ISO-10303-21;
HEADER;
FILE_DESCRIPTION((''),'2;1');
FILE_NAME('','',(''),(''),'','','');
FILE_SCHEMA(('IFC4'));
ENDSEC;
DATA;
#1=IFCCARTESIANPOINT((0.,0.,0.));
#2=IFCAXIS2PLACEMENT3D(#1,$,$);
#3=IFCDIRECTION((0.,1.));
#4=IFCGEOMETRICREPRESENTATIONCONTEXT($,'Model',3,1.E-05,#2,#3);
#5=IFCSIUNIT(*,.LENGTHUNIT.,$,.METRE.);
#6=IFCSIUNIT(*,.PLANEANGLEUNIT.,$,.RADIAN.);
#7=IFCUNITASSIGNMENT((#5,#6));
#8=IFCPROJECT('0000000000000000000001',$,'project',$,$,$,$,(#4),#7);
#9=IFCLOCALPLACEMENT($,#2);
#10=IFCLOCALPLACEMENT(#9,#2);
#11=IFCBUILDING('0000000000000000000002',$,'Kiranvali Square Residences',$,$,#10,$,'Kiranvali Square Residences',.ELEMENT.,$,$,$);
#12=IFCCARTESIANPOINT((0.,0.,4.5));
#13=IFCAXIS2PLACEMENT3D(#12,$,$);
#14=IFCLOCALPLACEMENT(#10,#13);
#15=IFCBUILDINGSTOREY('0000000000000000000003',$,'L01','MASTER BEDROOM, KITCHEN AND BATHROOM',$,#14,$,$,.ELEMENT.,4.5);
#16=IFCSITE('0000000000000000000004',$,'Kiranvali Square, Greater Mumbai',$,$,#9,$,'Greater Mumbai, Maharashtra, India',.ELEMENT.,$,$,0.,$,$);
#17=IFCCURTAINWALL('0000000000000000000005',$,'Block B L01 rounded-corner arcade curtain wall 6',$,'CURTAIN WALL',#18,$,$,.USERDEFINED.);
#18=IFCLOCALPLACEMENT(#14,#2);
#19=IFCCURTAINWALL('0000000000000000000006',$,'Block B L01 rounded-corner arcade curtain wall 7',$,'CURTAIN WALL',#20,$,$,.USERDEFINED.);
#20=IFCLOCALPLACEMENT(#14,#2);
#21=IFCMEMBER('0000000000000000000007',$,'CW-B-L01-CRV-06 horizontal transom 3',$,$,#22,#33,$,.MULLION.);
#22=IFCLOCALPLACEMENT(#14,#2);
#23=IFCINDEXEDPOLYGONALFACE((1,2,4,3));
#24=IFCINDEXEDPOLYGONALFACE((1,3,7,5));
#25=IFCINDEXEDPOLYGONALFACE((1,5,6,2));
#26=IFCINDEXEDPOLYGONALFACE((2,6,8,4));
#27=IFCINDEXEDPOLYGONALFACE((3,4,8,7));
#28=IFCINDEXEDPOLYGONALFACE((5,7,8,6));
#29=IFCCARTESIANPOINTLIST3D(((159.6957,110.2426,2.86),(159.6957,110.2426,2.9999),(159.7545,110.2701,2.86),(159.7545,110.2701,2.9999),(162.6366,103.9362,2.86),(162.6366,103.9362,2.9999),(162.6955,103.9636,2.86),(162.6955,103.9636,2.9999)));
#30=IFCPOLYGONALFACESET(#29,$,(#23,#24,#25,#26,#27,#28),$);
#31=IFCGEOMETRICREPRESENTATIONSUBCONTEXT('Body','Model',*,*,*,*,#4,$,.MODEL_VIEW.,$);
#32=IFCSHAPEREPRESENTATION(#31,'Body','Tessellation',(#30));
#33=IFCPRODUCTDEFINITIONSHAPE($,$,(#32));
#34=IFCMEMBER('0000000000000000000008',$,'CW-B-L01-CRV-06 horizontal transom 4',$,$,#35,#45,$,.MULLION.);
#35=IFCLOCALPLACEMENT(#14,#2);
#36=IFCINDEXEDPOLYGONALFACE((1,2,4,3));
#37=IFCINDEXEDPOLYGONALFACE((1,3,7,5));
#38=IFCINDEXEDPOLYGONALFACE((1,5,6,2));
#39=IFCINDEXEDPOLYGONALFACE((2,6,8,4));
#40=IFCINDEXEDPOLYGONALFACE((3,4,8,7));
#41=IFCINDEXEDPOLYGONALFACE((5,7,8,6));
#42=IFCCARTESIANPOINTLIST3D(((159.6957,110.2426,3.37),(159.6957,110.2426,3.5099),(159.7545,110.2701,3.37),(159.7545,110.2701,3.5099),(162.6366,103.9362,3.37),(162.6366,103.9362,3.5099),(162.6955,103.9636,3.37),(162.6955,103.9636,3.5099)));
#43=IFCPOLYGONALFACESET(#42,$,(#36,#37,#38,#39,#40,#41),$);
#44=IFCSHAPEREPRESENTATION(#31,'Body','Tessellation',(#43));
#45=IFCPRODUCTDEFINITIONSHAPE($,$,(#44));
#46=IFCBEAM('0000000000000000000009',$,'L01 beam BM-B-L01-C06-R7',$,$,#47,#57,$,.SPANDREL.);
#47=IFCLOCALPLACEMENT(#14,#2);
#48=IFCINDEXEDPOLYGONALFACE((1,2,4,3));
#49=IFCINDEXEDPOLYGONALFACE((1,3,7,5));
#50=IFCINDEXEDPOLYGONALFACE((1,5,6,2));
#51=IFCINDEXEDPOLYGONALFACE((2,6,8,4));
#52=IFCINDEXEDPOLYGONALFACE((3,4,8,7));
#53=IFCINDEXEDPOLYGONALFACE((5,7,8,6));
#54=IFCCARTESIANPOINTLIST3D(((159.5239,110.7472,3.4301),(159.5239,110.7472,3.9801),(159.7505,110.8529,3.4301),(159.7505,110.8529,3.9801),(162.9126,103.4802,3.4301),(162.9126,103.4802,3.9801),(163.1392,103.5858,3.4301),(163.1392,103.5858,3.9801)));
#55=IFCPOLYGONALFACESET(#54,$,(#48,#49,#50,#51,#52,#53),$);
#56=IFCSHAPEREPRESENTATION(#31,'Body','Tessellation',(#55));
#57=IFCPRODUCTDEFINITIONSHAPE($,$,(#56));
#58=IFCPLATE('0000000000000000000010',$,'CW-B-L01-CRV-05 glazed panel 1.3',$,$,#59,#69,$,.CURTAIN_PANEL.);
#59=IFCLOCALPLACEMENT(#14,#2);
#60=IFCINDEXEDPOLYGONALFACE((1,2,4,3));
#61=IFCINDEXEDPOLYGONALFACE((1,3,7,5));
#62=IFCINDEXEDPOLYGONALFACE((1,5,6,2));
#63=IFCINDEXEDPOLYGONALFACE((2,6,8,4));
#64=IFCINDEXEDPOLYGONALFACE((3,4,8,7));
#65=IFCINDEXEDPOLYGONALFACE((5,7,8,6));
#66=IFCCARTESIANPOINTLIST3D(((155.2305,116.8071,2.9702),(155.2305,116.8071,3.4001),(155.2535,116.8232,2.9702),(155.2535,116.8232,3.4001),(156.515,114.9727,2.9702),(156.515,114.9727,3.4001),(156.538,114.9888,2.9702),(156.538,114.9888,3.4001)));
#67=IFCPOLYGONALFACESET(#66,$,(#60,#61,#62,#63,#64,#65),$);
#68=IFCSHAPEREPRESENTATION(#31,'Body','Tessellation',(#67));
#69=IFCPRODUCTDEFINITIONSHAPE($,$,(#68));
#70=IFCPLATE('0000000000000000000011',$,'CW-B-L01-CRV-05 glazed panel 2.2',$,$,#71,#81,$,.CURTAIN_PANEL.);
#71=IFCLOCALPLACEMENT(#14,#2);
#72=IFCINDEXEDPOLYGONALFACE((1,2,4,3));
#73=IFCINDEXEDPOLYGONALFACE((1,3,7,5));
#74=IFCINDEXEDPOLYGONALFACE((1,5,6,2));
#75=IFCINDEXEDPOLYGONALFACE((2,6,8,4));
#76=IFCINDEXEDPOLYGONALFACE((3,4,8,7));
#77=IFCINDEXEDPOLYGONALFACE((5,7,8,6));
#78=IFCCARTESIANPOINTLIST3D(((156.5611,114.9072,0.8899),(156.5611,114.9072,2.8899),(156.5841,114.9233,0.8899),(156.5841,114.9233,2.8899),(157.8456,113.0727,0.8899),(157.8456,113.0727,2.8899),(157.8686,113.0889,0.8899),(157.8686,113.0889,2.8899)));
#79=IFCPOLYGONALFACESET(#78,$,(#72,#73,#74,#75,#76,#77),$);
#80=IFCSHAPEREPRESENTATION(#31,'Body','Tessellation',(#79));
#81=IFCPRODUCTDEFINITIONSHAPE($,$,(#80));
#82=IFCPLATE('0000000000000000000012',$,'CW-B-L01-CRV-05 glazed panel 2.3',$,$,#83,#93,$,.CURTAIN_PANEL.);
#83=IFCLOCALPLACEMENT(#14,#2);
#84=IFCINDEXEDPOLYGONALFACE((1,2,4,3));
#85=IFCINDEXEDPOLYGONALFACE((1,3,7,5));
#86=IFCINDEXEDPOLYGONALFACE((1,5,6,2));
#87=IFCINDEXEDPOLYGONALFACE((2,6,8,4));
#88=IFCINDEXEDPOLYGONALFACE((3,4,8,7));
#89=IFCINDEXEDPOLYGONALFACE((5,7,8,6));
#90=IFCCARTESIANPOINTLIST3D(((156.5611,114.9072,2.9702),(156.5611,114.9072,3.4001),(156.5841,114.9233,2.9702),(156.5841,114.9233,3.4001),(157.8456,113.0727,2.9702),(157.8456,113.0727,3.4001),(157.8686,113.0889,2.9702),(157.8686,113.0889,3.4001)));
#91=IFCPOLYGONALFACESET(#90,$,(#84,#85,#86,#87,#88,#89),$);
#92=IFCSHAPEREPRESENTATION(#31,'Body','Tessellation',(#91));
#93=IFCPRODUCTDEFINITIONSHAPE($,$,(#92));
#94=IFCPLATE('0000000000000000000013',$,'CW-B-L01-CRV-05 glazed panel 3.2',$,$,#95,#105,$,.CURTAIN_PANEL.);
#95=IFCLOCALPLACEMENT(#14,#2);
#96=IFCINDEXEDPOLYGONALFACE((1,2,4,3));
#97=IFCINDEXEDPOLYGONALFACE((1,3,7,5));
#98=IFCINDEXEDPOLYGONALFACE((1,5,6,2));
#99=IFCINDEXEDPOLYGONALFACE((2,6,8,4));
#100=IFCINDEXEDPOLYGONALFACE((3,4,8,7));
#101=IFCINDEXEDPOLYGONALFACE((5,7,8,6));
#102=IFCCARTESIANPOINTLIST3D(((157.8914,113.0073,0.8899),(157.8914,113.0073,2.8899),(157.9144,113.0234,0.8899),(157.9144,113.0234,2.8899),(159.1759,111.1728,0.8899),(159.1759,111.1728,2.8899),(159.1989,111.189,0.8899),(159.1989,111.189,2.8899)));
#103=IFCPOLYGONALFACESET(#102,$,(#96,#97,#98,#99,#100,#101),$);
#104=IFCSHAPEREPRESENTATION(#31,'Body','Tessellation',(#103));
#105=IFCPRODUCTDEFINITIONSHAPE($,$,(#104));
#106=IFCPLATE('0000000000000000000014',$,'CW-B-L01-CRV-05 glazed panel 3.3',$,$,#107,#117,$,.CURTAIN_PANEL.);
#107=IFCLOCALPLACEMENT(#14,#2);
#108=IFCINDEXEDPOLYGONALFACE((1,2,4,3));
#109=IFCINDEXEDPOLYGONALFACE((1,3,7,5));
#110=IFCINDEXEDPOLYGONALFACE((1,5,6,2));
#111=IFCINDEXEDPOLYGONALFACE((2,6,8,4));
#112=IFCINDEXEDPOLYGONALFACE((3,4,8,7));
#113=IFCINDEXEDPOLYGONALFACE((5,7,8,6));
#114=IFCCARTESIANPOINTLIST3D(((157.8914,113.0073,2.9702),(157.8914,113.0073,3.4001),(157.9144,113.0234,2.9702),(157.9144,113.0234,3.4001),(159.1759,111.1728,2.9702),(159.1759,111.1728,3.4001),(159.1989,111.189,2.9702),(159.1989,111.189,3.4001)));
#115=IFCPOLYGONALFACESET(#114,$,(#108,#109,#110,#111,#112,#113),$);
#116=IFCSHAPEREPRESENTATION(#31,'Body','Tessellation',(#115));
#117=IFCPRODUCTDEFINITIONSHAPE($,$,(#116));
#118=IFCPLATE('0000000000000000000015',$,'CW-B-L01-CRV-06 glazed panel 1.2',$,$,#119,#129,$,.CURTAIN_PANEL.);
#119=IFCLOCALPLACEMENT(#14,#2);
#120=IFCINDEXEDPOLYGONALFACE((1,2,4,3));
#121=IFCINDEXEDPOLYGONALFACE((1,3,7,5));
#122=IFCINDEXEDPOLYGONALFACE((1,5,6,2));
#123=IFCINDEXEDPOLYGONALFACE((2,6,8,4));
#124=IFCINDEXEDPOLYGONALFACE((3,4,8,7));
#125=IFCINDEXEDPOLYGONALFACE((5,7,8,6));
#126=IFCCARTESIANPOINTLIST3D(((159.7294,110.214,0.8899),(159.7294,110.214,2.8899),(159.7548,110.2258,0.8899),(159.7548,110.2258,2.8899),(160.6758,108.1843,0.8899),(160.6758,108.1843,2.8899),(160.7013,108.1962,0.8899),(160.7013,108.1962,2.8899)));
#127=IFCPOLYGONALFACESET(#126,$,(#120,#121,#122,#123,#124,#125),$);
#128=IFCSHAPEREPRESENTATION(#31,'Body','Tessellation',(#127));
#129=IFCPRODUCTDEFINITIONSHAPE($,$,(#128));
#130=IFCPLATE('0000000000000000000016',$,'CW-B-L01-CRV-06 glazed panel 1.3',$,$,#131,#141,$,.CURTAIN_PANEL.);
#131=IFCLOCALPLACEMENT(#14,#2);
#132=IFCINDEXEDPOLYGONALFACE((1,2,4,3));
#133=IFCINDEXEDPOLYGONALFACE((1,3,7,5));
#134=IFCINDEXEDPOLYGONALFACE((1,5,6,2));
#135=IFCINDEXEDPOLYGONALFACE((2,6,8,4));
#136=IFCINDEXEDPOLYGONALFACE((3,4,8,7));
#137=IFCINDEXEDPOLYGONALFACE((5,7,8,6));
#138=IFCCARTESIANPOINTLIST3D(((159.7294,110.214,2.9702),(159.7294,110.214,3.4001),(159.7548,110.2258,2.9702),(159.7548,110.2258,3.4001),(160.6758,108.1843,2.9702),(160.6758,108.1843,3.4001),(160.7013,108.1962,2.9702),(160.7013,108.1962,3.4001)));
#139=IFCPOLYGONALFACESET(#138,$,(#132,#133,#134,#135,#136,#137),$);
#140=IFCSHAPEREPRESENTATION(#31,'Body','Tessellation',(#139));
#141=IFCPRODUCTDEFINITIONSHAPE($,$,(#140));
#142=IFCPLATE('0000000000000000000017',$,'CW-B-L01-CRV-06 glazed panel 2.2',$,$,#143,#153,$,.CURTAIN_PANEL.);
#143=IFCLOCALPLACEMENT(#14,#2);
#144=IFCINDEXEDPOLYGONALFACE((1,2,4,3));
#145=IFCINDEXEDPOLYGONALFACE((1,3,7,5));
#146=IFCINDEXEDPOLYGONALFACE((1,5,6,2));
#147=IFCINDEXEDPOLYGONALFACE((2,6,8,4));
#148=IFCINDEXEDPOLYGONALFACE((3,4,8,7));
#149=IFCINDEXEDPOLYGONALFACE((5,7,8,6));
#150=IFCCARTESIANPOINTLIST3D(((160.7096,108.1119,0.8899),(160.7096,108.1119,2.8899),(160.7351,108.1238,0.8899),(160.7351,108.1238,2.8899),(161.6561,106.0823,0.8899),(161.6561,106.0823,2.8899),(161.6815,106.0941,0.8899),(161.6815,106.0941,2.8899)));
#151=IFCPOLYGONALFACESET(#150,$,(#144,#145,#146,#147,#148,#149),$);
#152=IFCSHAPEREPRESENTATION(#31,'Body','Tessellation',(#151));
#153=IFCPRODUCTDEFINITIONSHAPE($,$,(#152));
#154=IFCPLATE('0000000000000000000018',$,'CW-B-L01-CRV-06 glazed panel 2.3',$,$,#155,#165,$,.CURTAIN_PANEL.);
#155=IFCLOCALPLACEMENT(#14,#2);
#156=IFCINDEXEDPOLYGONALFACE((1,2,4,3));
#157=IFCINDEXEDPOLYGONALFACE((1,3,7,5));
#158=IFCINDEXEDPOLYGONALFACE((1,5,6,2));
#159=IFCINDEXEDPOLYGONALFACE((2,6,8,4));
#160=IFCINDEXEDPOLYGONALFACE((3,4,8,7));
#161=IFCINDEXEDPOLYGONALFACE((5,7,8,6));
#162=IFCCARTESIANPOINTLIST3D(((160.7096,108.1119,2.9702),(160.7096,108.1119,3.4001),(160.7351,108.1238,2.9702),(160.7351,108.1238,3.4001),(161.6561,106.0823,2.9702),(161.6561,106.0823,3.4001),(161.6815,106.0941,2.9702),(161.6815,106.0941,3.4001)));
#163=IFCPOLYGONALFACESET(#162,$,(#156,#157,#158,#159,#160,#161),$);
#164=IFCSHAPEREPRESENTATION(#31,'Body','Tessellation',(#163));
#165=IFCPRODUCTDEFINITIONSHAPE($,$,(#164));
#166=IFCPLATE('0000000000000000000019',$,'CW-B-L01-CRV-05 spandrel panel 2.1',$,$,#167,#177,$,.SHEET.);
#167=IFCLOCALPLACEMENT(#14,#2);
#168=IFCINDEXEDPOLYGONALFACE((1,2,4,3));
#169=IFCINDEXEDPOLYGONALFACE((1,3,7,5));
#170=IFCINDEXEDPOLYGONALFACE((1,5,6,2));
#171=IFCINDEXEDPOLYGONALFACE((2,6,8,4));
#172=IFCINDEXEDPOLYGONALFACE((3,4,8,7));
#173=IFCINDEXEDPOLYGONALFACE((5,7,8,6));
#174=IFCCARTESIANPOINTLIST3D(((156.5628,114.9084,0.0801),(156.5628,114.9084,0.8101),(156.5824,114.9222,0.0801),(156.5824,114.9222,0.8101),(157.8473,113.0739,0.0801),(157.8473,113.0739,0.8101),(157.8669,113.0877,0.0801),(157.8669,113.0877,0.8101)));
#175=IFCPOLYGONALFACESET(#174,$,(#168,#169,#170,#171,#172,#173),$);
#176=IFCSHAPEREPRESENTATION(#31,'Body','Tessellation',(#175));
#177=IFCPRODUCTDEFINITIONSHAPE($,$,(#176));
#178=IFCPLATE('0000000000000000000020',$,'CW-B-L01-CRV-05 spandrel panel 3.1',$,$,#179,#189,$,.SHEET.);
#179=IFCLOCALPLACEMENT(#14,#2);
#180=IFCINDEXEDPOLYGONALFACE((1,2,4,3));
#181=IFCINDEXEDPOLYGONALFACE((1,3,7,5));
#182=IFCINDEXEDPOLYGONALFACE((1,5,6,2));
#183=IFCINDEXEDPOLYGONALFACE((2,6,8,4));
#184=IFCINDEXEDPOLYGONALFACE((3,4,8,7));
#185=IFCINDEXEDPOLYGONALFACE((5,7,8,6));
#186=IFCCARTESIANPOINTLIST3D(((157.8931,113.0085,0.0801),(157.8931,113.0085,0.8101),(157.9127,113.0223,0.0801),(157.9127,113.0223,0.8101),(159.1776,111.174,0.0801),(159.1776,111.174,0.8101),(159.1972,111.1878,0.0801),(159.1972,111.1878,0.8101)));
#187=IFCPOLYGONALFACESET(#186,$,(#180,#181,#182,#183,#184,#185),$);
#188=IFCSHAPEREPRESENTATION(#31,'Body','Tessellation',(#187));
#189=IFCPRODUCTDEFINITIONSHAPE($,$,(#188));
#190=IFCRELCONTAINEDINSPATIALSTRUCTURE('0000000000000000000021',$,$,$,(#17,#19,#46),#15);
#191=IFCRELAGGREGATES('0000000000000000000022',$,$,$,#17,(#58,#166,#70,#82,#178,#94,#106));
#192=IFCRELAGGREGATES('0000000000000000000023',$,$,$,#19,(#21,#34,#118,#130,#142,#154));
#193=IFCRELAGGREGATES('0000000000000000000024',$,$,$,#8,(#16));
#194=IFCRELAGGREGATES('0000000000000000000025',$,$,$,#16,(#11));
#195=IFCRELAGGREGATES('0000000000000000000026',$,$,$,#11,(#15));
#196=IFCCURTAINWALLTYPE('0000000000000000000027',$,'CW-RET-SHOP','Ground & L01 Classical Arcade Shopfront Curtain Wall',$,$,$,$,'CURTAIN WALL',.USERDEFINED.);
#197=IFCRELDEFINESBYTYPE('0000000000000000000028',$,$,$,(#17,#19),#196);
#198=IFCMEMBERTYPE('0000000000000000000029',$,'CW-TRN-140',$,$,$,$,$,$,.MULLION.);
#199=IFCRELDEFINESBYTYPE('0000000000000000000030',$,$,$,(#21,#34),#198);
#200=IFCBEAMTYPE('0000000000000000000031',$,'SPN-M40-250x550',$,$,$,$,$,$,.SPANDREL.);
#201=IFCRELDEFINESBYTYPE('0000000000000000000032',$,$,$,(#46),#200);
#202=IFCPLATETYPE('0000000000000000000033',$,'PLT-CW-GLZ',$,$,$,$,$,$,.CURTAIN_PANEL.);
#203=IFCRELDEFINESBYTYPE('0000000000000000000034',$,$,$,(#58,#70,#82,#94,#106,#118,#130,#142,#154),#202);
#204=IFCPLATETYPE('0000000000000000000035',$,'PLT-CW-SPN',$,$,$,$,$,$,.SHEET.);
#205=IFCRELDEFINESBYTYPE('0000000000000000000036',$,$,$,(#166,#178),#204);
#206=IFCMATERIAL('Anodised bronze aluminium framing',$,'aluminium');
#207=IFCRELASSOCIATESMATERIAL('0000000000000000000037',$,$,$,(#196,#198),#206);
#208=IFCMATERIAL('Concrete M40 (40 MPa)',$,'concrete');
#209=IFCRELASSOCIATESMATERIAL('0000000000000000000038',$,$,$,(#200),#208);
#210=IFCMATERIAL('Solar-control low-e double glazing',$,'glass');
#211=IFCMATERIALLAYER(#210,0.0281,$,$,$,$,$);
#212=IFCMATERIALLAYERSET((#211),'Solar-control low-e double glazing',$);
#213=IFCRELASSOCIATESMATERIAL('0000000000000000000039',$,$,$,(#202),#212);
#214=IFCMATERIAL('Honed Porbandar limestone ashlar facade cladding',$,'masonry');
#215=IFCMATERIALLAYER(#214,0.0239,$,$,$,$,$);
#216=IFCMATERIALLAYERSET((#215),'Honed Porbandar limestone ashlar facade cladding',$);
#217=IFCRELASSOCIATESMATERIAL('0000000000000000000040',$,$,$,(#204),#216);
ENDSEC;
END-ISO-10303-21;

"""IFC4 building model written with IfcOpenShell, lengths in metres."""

from ifc_helpers import new_model, si_unit, direction, frame, origin, origin_2d, place, context, subcontext, project, spatial, rectangle, extrude, material, layer, layer_set, material_profile, profile_set, type_object, element, aggregate, save


model = new_model("IFC4")

# Units and contexts
model_context = context("Model", 3, precision=1e-05, world=origin(), true_north=direction((0.0, 1.0)))
body_context = subcontext(model_context, "Body", "Model", "MODEL_VIEW")
ifc_project = project(units=[si_unit("LENGTHUNIT", "METRE"), si_unit("PLANEANGLEUNIT", "RADIAN")], contexts=[model_context])

# Site, building, storey
site_placement = place(None, origin())
site = spatial("IfcSite", under=ifc_project, at=site_placement, Name="Kiranvali Square, Greater Mumbai", LongName="Greater Mumbai, Maharashtra, India", CompositionType="ELEMENT", RefElevation=0.0)
building_placement = place(site_placement, origin())
building = spatial("IfcBuilding", under=site, at=building_placement, Name="Kiranvali Square Residences", LongName="Kiranvali Square Residences", CompositionType="ELEMENT")
storey_placement = place(building_placement, frame((0.0, 0.0, 4.5)))
storey = spatial("IfcBuildingStorey", under=building, at=storey_placement, Name="L01", Description="MASTER BEDROOM, KITCHEN AND BATHROOM", CompositionType="ELEMENT", Elevation=4.5)

# Shared definitions
ifc_material_1 = material(Name="Concrete M40 (40 MPa)", Category="concrete")

# Curtain walls, members
ifc_material_2 = material(Name="Anodised bronze aluminium framing", Category="aluminium")
curtain_wall_type = type_object("IfcCurtainWallType", Name="CW-RET-SHOP", Description="Ground & L01 Classical Arcade Shopfront Curtain Wall", ElementType="CURTAIN WALL", PredefinedType="USERDEFINED", material=ifc_material_2)
curtain_wall_1_placement = place(storey_placement, origin())
curtain_wall_1 = element("IfcCurtainWall", 1, at=curtain_wall_1_placement, inside=storey, type_object=curtain_wall_type, Name="Block B L01 rounded-corner arcade curtain wall 6", ObjectType="CURTAIN WALL", PredefinedType="USERDEFINED")
curtain_wall_2_placement = place(storey_placement, origin())
curtain_wall_2 = element("IfcCurtainWall", 2, at=curtain_wall_2_placement, inside=storey, type_object=curtain_wall_type, Name="Block B L01 rounded-corner arcade curtain wall 7", ObjectType="CURTAIN WALL", PredefinedType="USERDEFINED")
ifc_material_profile_1 = material_profile(ifc_material_2, rectangle(XDim=0.0649, YDim=0.1399, at=origin_2d()), Name="ALU 65x140")
ifc_profile_set_1 = profile_set([ifc_material_profile_1], Name="Anodised bronze aluminium framing")
member_type_1 = type_object("IfcMemberType", Name="CW-TRN-140", PredefinedType="MULLION", material=ifc_profile_set_1)
member_1_placement = place(storey_placement, frame((159.7251, 110.2563, 2.9299), z_axis=(0.422642, -0.906297, 0.0), x_axis=(0.906297, 0.422642, 0.0)))
member_1 = element("IfcMember", 3, at=member_1_placement, type_object=member_type_1, Name="CW-B-L01-CRV-06 horizontal transom 3", PredefinedType="MULLION", context=body_context, shape_type="SweptSolid", body=[
    extrude(rectangle(XDim=0.0649, YDim=0.1399, at=origin_2d()), origin(), (0.0, 0.0, 1.0), 6.9585),
])
member_2_placement = place(storey_placement, frame((159.7251, 110.2563, 3.4399), z_axis=(0.422642, -0.906297, 0.0), x_axis=(0.906297, 0.422642, 0.0)))
member_2 = element("IfcMember", 4, at=member_2_placement, type_object=member_type_1, Name="CW-B-L01-CRV-06 horizontal transom 4", PredefinedType="MULLION", context=body_context, shape_type="SweptSolid", body=[
    extrude(rectangle(XDim=0.0649, YDim=0.1399, at=origin_2d()), origin(), (0.0, 0.0, 1.0), 6.9585),
])

# Beam
ifc_material_profile_2 = material_profile(ifc_material_1, rectangle(XDim=0.25, YDim=0.55, at=origin_2d()), Name="RC 250x550")
ifc_profile_set_2 = profile_set([ifc_material_profile_2], Name="Concrete M40 (40 MPa)")
beam_type_1 = type_object("IfcBeamType", Name="SPN-M40-250x550", PredefinedType="SPANDREL", material=ifc_profile_set_2)
beam_1_placement = place(storey_placement, frame((159.6372, 110.8, 3.7051), z_axis=(0.422615, -0.906309, 0.0), x_axis=(0.906309, 0.422615, 0.0)))
element("IfcBeam", 5, at=beam_1_placement, inside=storey, type_object=beam_type_1, Name="L01 beam BM-B-L01-C06-R7", PredefinedType="SPANDREL", context=body_context, shape_type="SweptSolid", body=[
    extrude(rectangle(XDim=0.25, YDim=0.55, at=origin_2d()), origin(), (0.0, 0.0, 1.0), 8.0183),
])

# Plates
ifc_material_3 = material(Name="Solar-control low-e double glazing", Category="glass")
ifc_layer_1 = layer(ifc_material_3, 0.0281)
ifc_layer_set_1 = layer_set([ifc_layer_1], Name="Solar-control low-e double glazing")
plate_type_1 = type_object("IfcPlateType", Name="PLT-CW-GLZ", PredefinedType="CURTAIN_PANEL", material=ifc_layer_set_1)
plate_1_placement = place(storey_placement, frame((155.8843, 115.8979, 2.9702), z_axis=(0.0, 0.0, 1.0), x_axis=(0.573576, -0.819152, 0.0)))
plate_1 = element("IfcPlate", 6, at=plate_1_placement, type_object=plate_type_1, Name="CW-B-L01-CRV-05 glazed panel 1.3", PredefinedType="CURTAIN_PANEL", context=body_context, shape_type="SweptSolid", body=[
    extrude(rectangle(XDim=2.2395, YDim=0.0281, at=origin_2d()), origin(), (0.0, 0.0, 1.0), 0.4299),
])
plate_2_placement = place(storey_placement, frame((157.2148, 113.998, 0.8899), z_axis=(0.0, 0.0, 1.0), x_axis=(0.573576, -0.819152, 0.0)))
plate_2 = element("IfcPlate", 7, at=plate_2_placement, type_object=plate_type_1, Name="CW-B-L01-CRV-05 glazed panel 2.2", PredefinedType="CURTAIN_PANEL", context=body_context, shape_type="SweptSolid", body=[
    extrude(rectangle(XDim=2.2395, YDim=0.0281, at=origin_2d()), origin(), (0.0, 0.0, 1.0), 2.0),
])
plate_3_placement = place(storey_placement, frame((157.2148, 113.998, 2.9702), z_axis=(0.0, 0.0, 1.0), x_axis=(0.573576, -0.819152, 0.0)))
plate_3 = element("IfcPlate", 8, at=plate_3_placement, type_object=plate_type_1, Name="CW-B-L01-CRV-05 glazed panel 2.3", PredefinedType="CURTAIN_PANEL", context=body_context, shape_type="SweptSolid", body=[
    extrude(rectangle(XDim=2.2395, YDim=0.0281, at=origin_2d()), origin(), (0.0, 0.0, 1.0), 0.4299),
])
plate_4_placement = place(storey_placement, frame((158.5452, 112.0981, 0.8899), z_axis=(0.0, 0.0, 1.0), x_axis=(0.573576, -0.819152, 0.0)))
plate_4 = element("IfcPlate", 9, at=plate_4_placement, type_object=plate_type_1, Name="CW-B-L01-CRV-05 glazed panel 3.2", PredefinedType="CURTAIN_PANEL", context=body_context, shape_type="SweptSolid", body=[
    extrude(rectangle(XDim=2.2395, YDim=0.0281, at=origin_2d()), origin(), (0.0, 0.0, 1.0), 2.0),
])
plate_5_placement = place(storey_placement, frame((158.5452, 112.0981, 2.9702), z_axis=(0.0, 0.0, 1.0), x_axis=(0.573576, -0.819152, 0.0)))
plate_5 = element("IfcPlate", 10, at=plate_5_placement, type_object=plate_type_1, Name="CW-B-L01-CRV-05 glazed panel 3.3", PredefinedType="CURTAIN_PANEL", context=body_context, shape_type="SweptSolid", body=[
    extrude(rectangle(XDim=2.2395, YDim=0.0281, at=origin_2d()), origin(), (0.0, 0.0, 1.0), 0.4299),
])
plate_6_placement = place(storey_placement, frame((160.2153, 109.2051, 0.8899), z_axis=(0.0, 0.0, 1.0), x_axis=(0.422618, -0.906308, 0.0)))
plate_6 = element("IfcPlate", 11, at=plate_6_placement, type_object=plate_type_1, Name="CW-B-L01-CRV-06 glazed panel 1.2", PredefinedType="CURTAIN_PANEL", context=body_context, shape_type="SweptSolid", body=[
    extrude(rectangle(XDim=2.2395, YDim=0.0281, at=origin_2d()), origin(), (0.0, 0.0, 1.0), 2.0),
])
plate_7_placement = place(storey_placement, frame((160.2153, 109.2051, 2.9702), z_axis=(0.0, 0.0, 1.0), x_axis=(0.422618, -0.906308, 0.0)))
plate_7 = element("IfcPlate", 12, at=plate_7_placement, type_object=plate_type_1, Name="CW-B-L01-CRV-06 glazed panel 1.3", PredefinedType="CURTAIN_PANEL", context=body_context, shape_type="SweptSolid", body=[
    extrude(rectangle(XDim=2.2395, YDim=0.0281, at=origin_2d()), origin(), (0.0, 0.0, 1.0), 0.4299),
])
plate_8_placement = place(storey_placement, frame((161.1956, 107.103, 0.8899), z_axis=(0.0, 0.0, 1.0), x_axis=(0.422618, -0.906308, 0.0)))
plate_8 = element("IfcPlate", 13, at=plate_8_placement, type_object=plate_type_1, Name="CW-B-L01-CRV-06 glazed panel 2.2", PredefinedType="CURTAIN_PANEL", context=body_context, shape_type="SweptSolid", body=[
    extrude(rectangle(XDim=2.2395, YDim=0.0281, at=origin_2d()), origin(), (0.0, 0.0, 1.0), 2.0),
])
plate_9_placement = place(storey_placement, frame((161.1956, 107.103, 2.9702), z_axis=(0.0, 0.0, 1.0), x_axis=(0.422618, -0.906308, 0.0)))
plate_9 = element("IfcPlate", 14, at=plate_9_placement, type_object=plate_type_1, Name="CW-B-L01-CRV-06 glazed panel 2.3", PredefinedType="CURTAIN_PANEL", context=body_context, shape_type="SweptSolid", body=[
    extrude(rectangle(XDim=2.2395, YDim=0.0281, at=origin_2d()), origin(), (0.0, 0.0, 1.0), 0.4299),
])
ifc_material_4 = material(Name="Honed Porbandar limestone ashlar facade cladding", Category="masonry")
ifc_layer_2 = layer(ifc_material_4, 0.0239)
ifc_layer_set_2 = layer_set([ifc_layer_2], Name="Honed Porbandar limestone ashlar facade cladding")
plate_type_2 = type_object("IfcPlateType", Name="PLT-CW-SPN", PredefinedType="SHEET", material=ifc_layer_set_2)
plate_10_placement = place(storey_placement, frame((157.2148, 113.998, 0.0801), z_axis=(0.0, 0.0, 1.0), x_axis=(0.573576, -0.819152, 0.0)))
plate_10 = element("IfcPlate", 15, at=plate_10_placement, type_object=plate_type_2, Name="CW-B-L01-CRV-05 spandrel panel 2.1", PredefinedType="SHEET", context=body_context, shape_type="SweptSolid", body=[
    extrude(rectangle(XDim=2.2395, YDim=0.0239, at=origin_2d()), origin(), (0.0, 0.0, 1.0), 0.73),
])
plate_11_placement = place(storey_placement, frame((158.5452, 112.0981, 0.0801), z_axis=(0.0, 0.0, 1.0), x_axis=(0.573576, -0.819152, 0.0)))
plate_11 = element("IfcPlate", 16, at=plate_11_placement, type_object=plate_type_2, Name="CW-B-L01-CRV-05 spandrel panel 3.1", PredefinedType="SHEET", context=body_context, shape_type="SweptSolid", body=[
    extrude(rectangle(XDim=2.2395, YDim=0.0239, at=origin_2d()), origin(), (0.0, 0.0, 1.0), 0.73),
])
aggregate(curtain_wall_1, [plate_1, plate_10, plate_2, plate_3, plate_11, plate_4, plate_5])
aggregate(curtain_wall_2, [member_1, member_2, plate_6, plate_7, plate_8, plate_9])

save(model, "model.ifc")
